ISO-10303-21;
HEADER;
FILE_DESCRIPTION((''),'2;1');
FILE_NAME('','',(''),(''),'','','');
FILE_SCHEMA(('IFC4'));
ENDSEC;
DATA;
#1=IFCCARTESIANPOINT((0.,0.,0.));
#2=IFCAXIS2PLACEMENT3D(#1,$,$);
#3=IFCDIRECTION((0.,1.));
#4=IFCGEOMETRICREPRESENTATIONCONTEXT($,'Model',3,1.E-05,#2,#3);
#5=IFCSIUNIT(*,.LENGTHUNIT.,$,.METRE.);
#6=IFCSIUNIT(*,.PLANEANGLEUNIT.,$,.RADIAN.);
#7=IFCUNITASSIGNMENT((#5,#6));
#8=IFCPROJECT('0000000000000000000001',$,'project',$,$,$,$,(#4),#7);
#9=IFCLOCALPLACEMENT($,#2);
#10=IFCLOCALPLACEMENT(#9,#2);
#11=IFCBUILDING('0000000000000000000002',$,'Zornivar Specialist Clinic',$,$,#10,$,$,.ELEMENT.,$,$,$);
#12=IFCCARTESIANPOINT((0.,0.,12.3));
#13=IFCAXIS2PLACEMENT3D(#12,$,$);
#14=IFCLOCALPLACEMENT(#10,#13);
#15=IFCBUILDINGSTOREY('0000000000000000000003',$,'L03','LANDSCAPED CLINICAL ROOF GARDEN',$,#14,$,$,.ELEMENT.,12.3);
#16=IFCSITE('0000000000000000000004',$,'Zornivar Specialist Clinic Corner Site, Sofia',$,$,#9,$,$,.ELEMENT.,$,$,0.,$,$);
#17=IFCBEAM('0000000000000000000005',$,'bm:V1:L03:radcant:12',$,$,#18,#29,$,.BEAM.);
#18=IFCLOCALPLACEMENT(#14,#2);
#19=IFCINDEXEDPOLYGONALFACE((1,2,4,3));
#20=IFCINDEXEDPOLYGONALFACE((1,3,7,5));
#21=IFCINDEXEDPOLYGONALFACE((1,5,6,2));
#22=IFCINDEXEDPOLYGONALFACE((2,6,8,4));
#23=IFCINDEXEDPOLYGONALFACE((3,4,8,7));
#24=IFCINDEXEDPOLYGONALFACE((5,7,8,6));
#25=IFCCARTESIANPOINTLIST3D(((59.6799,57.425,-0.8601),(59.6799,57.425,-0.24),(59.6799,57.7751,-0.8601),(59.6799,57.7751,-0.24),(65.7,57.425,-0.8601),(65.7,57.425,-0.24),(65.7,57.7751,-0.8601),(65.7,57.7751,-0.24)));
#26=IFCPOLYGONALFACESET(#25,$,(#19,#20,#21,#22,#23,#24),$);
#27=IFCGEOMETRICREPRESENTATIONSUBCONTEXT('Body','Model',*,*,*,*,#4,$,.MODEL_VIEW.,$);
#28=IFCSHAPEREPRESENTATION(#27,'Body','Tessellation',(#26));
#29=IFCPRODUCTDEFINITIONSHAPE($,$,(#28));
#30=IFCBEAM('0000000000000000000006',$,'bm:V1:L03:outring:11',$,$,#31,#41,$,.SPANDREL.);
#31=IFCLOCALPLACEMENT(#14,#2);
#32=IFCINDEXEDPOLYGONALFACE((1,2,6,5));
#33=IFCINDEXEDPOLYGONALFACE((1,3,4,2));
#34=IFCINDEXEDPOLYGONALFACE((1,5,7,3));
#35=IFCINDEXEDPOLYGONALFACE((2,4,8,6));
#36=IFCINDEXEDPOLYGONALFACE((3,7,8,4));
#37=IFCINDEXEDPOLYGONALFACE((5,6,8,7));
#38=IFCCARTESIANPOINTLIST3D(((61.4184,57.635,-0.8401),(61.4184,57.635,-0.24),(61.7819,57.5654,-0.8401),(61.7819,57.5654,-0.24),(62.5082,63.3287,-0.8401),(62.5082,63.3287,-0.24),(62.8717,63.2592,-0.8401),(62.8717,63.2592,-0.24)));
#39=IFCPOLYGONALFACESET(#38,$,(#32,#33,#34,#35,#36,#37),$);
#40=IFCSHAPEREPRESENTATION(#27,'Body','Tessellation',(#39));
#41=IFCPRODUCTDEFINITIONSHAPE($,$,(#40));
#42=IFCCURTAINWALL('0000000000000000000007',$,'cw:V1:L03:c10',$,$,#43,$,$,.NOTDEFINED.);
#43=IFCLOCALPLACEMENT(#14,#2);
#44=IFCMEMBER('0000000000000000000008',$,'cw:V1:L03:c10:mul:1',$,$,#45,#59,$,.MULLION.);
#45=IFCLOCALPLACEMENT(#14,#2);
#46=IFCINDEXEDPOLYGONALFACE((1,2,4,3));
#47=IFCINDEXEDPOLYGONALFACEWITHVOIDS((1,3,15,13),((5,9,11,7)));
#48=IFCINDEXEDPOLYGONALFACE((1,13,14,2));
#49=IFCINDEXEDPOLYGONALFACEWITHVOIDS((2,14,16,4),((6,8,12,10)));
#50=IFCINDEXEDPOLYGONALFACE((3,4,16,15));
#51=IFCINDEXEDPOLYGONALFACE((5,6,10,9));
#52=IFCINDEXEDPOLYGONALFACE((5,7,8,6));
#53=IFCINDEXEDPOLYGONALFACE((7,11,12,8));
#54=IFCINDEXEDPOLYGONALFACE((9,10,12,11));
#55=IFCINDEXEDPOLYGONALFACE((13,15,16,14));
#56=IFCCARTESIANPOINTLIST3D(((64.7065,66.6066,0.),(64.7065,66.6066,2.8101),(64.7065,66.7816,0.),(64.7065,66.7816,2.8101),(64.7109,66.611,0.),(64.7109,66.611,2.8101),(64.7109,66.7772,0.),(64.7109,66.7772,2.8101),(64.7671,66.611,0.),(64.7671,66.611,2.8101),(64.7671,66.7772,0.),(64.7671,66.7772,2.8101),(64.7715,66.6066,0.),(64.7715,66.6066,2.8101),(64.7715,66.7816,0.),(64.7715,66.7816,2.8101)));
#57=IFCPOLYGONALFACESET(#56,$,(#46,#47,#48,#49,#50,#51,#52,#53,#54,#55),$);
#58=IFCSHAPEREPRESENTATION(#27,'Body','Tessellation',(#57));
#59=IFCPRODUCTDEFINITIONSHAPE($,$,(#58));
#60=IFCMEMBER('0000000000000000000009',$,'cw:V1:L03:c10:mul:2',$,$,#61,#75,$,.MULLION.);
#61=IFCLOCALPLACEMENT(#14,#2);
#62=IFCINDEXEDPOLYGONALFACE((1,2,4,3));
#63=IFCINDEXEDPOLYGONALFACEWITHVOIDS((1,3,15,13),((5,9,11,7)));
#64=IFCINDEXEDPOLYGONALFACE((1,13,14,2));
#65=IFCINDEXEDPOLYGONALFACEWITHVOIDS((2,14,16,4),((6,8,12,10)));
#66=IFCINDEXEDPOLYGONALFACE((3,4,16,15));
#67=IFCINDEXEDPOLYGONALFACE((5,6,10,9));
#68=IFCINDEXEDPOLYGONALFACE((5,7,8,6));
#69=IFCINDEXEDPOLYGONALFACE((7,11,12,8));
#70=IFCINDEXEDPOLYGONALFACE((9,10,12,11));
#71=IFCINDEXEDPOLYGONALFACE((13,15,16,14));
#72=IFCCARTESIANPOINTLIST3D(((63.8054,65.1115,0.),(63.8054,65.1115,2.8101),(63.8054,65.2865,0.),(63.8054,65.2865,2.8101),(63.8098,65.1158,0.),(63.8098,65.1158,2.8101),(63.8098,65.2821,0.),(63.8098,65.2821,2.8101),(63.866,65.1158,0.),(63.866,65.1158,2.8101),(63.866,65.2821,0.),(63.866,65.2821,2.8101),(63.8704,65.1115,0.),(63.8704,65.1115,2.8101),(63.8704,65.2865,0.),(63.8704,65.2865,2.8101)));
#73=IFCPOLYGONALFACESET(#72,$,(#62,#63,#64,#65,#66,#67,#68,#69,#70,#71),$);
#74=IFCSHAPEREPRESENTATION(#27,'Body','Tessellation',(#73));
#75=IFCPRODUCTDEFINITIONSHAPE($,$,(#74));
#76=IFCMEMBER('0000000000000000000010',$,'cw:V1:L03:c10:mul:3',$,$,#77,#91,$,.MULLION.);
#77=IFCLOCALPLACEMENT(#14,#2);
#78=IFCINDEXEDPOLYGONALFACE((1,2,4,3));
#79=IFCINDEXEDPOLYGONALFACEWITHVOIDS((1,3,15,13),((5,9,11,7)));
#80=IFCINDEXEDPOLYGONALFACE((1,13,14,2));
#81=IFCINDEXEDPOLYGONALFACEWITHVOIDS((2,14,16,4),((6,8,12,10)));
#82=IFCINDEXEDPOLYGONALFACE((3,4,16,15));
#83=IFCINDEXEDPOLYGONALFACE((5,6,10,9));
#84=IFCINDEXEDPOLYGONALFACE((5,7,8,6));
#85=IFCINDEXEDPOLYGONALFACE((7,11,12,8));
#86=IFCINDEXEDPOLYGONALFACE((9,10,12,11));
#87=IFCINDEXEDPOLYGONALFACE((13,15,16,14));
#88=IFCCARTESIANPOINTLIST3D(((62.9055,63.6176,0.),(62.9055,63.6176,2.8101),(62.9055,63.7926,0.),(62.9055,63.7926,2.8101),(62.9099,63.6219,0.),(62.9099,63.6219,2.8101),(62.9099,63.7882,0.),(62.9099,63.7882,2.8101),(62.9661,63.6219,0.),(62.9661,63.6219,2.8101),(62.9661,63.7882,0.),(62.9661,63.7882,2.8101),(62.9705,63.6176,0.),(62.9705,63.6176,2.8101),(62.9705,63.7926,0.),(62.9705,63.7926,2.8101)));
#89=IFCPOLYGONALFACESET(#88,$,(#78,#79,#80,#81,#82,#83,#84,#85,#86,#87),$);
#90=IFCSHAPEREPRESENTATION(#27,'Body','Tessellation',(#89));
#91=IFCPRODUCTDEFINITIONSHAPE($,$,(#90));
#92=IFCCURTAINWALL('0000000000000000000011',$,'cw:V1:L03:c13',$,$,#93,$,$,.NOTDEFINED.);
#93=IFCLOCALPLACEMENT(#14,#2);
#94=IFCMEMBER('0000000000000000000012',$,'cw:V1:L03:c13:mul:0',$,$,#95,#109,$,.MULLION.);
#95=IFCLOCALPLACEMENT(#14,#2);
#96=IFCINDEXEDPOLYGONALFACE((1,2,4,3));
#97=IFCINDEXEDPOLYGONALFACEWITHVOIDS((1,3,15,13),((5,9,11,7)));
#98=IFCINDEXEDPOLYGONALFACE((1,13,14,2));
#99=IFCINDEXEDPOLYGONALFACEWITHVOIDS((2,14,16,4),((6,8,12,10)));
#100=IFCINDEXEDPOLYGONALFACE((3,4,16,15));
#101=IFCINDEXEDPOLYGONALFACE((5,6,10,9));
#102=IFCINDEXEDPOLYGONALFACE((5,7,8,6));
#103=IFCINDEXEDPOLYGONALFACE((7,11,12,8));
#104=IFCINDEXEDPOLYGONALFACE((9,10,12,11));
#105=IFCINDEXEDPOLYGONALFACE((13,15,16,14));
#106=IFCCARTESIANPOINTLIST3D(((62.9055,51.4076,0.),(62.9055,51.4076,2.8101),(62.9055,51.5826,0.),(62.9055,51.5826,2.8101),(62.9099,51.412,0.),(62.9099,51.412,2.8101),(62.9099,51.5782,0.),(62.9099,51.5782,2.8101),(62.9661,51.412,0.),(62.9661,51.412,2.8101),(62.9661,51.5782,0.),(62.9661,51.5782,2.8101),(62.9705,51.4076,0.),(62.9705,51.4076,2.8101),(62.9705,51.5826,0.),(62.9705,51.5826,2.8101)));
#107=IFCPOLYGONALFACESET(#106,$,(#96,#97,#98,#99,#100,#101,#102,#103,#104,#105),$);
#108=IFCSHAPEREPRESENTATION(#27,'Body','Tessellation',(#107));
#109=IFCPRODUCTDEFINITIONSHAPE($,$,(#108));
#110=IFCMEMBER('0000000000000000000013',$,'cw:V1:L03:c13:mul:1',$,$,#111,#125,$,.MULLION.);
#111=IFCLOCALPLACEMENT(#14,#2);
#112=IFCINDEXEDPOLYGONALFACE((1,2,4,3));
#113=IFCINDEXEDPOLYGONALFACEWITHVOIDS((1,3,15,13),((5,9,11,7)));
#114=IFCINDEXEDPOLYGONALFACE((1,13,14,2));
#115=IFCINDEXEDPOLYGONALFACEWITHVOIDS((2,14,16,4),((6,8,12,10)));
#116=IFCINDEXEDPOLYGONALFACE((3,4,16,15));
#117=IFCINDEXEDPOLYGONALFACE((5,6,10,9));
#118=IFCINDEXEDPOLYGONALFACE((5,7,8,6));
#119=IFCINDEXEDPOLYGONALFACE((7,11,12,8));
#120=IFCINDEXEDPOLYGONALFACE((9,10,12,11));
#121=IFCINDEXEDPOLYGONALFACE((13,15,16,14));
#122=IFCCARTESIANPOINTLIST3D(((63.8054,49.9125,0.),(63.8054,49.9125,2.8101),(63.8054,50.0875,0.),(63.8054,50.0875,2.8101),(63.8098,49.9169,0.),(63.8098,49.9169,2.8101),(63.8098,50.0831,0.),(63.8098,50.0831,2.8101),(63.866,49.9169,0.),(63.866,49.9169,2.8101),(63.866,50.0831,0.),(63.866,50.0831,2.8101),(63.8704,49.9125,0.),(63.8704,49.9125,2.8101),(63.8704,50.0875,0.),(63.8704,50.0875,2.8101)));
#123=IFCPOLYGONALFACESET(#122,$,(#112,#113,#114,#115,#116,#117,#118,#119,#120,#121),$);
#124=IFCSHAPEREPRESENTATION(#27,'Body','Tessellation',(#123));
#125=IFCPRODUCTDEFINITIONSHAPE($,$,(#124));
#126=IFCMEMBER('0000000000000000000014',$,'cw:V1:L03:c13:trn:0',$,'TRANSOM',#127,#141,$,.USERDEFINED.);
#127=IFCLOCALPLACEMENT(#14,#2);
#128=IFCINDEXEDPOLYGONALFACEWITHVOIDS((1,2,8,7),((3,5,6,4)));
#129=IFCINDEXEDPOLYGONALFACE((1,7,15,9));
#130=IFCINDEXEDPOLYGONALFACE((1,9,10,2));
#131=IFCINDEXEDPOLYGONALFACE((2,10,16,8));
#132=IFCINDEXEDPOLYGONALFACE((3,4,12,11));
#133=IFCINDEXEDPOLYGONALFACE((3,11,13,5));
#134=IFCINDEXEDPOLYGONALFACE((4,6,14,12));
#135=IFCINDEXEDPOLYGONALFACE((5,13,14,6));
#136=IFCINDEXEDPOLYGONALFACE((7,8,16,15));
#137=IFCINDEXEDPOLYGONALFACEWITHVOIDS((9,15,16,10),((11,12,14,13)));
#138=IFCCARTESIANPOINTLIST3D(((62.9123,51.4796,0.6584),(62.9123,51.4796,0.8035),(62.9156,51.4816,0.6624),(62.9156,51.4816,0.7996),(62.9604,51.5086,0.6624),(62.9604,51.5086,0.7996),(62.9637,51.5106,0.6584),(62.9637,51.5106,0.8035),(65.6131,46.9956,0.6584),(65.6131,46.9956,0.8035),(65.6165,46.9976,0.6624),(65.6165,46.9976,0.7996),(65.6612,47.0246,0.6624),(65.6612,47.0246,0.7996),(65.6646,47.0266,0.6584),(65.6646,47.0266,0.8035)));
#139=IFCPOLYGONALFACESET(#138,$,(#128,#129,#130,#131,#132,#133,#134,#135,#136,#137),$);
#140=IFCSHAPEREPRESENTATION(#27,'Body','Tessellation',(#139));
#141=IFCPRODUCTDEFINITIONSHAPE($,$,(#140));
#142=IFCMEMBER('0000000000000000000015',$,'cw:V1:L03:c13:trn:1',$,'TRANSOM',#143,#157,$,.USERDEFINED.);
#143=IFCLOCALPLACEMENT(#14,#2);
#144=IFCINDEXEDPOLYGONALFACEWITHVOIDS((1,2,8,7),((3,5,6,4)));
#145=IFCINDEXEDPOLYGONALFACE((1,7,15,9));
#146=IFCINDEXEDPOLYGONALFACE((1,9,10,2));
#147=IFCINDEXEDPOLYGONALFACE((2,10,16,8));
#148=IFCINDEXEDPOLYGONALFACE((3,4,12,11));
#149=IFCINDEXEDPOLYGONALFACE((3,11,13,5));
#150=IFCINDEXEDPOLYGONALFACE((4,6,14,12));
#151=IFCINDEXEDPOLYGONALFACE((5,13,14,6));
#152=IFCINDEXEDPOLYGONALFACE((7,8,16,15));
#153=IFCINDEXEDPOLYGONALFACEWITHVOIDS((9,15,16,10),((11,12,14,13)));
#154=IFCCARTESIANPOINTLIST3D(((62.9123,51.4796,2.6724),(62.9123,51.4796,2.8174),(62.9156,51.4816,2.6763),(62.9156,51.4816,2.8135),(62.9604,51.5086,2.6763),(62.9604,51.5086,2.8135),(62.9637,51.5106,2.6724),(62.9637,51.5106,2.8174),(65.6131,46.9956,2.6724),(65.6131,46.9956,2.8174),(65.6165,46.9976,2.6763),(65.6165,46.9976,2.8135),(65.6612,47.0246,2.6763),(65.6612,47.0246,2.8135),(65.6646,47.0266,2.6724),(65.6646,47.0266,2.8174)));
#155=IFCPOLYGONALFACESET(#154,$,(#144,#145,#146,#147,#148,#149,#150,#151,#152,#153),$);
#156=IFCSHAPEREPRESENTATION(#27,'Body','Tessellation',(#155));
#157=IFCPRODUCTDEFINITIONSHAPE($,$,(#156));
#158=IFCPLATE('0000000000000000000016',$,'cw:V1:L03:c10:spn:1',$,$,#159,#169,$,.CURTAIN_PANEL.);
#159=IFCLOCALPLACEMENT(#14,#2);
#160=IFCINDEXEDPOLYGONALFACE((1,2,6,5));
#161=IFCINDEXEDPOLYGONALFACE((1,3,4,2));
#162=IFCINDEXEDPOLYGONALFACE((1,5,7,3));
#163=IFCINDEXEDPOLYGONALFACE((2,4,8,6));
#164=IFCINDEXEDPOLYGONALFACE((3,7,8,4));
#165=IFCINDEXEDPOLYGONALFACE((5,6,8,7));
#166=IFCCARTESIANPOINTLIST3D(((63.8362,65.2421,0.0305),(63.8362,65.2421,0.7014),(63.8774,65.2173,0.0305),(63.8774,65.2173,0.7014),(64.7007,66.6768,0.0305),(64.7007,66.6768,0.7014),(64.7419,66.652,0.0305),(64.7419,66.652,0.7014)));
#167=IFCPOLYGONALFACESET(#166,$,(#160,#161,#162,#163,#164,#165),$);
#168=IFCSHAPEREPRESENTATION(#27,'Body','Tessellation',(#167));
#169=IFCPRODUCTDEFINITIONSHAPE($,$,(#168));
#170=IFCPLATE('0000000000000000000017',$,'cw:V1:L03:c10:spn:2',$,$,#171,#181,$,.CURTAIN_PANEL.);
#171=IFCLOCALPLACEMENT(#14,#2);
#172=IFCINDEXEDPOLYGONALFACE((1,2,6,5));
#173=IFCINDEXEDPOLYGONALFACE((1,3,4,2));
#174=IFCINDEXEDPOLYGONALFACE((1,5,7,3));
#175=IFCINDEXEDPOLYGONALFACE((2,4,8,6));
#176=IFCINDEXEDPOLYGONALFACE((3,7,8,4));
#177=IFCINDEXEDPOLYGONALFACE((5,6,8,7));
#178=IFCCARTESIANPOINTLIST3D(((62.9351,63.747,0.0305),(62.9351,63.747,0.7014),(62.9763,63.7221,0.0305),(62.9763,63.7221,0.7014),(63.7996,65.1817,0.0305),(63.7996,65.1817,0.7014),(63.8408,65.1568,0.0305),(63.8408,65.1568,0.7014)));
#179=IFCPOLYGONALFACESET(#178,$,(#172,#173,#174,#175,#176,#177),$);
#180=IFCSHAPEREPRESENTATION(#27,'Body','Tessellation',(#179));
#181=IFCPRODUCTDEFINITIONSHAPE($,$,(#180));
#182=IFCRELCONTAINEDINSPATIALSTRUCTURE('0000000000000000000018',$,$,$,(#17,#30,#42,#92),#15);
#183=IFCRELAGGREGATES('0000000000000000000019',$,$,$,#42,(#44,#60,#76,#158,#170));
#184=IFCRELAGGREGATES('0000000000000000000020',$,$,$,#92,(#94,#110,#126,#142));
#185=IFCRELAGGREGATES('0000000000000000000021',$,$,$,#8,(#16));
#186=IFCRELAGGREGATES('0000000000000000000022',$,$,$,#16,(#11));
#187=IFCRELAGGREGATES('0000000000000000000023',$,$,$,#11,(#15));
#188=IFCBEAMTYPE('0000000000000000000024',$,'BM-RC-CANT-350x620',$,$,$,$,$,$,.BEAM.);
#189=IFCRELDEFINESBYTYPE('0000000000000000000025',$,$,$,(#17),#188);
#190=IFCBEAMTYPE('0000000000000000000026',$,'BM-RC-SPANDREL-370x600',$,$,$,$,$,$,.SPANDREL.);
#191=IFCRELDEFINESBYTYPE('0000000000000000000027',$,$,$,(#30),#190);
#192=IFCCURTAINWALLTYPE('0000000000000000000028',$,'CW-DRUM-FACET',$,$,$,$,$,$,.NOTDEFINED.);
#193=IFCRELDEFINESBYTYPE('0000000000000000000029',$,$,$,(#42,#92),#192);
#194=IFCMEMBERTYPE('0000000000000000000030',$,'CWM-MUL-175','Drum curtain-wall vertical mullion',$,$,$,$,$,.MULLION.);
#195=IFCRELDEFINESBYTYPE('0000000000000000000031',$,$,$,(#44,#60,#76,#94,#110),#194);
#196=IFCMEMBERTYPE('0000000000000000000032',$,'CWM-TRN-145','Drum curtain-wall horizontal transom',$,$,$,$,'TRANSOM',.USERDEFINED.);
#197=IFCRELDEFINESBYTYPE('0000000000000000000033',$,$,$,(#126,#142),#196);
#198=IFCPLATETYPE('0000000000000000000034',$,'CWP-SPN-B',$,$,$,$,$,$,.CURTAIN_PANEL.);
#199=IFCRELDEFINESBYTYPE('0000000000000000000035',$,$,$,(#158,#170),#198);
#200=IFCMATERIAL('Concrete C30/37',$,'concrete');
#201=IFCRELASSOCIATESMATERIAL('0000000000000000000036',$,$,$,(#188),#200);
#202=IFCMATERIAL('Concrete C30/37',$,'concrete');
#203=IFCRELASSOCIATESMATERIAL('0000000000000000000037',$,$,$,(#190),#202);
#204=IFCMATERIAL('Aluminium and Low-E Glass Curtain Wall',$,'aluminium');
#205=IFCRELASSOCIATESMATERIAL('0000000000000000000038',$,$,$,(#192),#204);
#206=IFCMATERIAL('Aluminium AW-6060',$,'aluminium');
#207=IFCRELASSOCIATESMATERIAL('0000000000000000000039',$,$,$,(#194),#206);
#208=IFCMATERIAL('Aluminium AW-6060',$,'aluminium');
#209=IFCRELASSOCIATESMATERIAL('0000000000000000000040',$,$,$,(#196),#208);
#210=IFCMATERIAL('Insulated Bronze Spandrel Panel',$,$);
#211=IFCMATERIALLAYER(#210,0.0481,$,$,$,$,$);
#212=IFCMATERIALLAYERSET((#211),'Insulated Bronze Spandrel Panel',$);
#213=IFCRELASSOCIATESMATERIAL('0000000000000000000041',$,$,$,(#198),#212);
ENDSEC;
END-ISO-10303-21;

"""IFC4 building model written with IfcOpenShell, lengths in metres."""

from ifc_helpers import new_model, si_unit, direction, frame, origin, origin_2d, place, context, subcontext, project, spatial, rectangle, hollow_rectangle, extrude, material, layer, layer_set, material_profile, profile_set, type_object, element, aggregate, save


model = new_model("IFC4")

# Units and contexts
model_context = context("Model", 3, precision=1e-05, world=origin(), true_north=direction((0.0, 1.0)))
body_context = subcontext(model_context, "Body", "Model", "MODEL_VIEW")
ifc_project = project(units=[si_unit("LENGTHUNIT", "METRE"), si_unit("PLANEANGLEUNIT", "RADIAN")], contexts=[model_context])

# Site, building, storey
site_placement = place(None, origin())
site = spatial("IfcSite", under=ifc_project, at=site_placement, Name="Zornivar Specialist Clinic Corner Site, Sofia", CompositionType="ELEMENT", RefElevation=0.0)
building_placement = place(site_placement, origin())
building = spatial("IfcBuilding", under=site, at=building_placement, Name="Zornivar Specialist Clinic", CompositionType="ELEMENT")
storey_placement = place(building_placement, frame((0.0, 0.0, 12.3)))
storey = spatial("IfcBuildingStorey", under=building, at=storey_placement, Name="L03", Description="LANDSCAPED CLINICAL ROOF GARDEN", CompositionType="ELEMENT", Elevation=12.3)

# Beams
ifc_material_1 = material(Name="Concrete C30/37", Category="concrete")
ifc_material_profile_1 = material_profile(ifc_material_1, rectangle(XDim=0.3501, YDim=0.6201, at=origin_2d()), Name="RC 350x620")
ifc_profile_set_1 = profile_set([ifc_material_profile_1], Name="Concrete C30/37")
beam_type_1 = type_object("IfcBeamType", Name="BM-RC-CANT-350x620", PredefinedType="BEAM", material=ifc_profile_set_1)
beam_1_placement = place(storey_placement, frame((65.7, 57.6001, -0.55), z_axis=(-1.0, 0.0, 0.0), x_axis=(0.0, -1.0, 0.0)))
element("IfcBeam", 1, at=beam_1_placement, inside=storey, type_object=beam_type_1, Name="bm:V1:L03:radcant:12", PredefinedType="BEAM", context=body_context, shape_type="SweptSolid", body=[
    extrude(rectangle(XDim=0.3501, YDim=0.6201, at=origin_2d()), origin(), (0.0, 0.0, 1.0), 6.02),
])
ifc_material_2 = material(Name="Concrete C30/37", Category="concrete")
ifc_material_profile_2 = material_profile(ifc_material_2, rectangle(XDim=0.3701, YDim=0.6001, at=origin_2d()), Name="RC 370x600")
ifc_profile_set_2 = profile_set([ifc_material_profile_2], Name="Concrete C30/37")
beam_type_2 = type_object("IfcBeamType", Name="BM-RC-SPANDREL-370x600", PredefinedType="SPANDREL", material=ifc_profile_set_2)
beam_2_placement = place(storey_placement, frame((62.6899, 63.2939, -0.54), z_axis=(-0.187994, -0.98217, 0.0), x_axis=(0.98217, -0.187994, 0.0)))
element("IfcBeam", 2, at=beam_2_placement, inside=storey, type_object=beam_type_2, Name="bm:V1:L03:outring:11", PredefinedType="SPANDREL", context=body_context, shape_type="SweptSolid", body=[
    extrude(rectangle(XDim=0.3701, YDim=0.6001, at=origin_2d()), origin(), (0.0, 0.0, 1.0), 5.7971),
])

# Curtain walls, members
ifc_material_3 = material(Name="Aluminium and Low-E Glass Curtain Wall", Category="aluminium")
curtain_wall_type = type_object("IfcCurtainWallType", Name="CW-DRUM-FACET", PredefinedType="NOTDEFINED", material=ifc_material_3)
curtain_wall_1_placement = place(storey_placement, origin())
curtain_wall_1 = element("IfcCurtainWall", 3, at=curtain_wall_1_placement, inside=storey, type_object=curtain_wall_type, Name="cw:V1:L03:c10", PredefinedType="NOTDEFINED")
ifc_material_4 = material(Name="Aluminium AW-6060", Category="aluminium")
ifc_material_profile_3 = material_profile(ifc_material_4, hollow_rectangle(XDim=0.0649, YDim=0.175, WallThickness=0.0044, at=origin_2d()), Name="ALU 65x175x4.5")
ifc_profile_set_3 = profile_set([ifc_material_profile_3], Name="Aluminium AW-6060")
member_type_1 = type_object("IfcMemberType", Name="CWM-MUL-175", Description="Drum curtain-wall vertical mullion", PredefinedType="MULLION", material=ifc_profile_set_3)
member_1_placement = place(storey_placement, frame((64.739, 66.6941, 0.0), z_axis=(0.0, 0.0, 1.0), x_axis=(1.0, 0.0, 0.0)))
member_1 = element("IfcMember", 4, at=member_1_placement, type_object=member_type_1, Name="cw:V1:L03:c10:mul:1", PredefinedType="MULLION", context=body_context, shape_type="SweptSolid", body=[
    extrude(hollow_rectangle(XDim=0.0649, YDim=0.175, WallThickness=0.0044, at=origin_2d()), origin(), (0.0, 0.0, 1.0), 2.8101),
])
member_2_placement = place(storey_placement, frame((63.8379, 65.199, 0.0), z_axis=(0.0, 0.0, 1.0), x_axis=(1.0, 0.0, 0.0)))
member_2 = element("IfcMember", 5, at=member_2_placement, type_object=member_type_1, Name="cw:V1:L03:c10:mul:2", PredefinedType="MULLION", context=body_context, shape_type="SweptSolid", body=[
    extrude(hollow_rectangle(XDim=0.0649, YDim=0.175, WallThickness=0.0044, at=origin_2d()), origin(), (0.0, 0.0, 1.0), 2.8101),
])
member_3_placement = place(storey_placement, frame((62.938, 63.7051, 0.0), z_axis=(0.0, 0.0, 1.0), x_axis=(1.0, 0.0, 0.0)))
member_3 = element("IfcMember", 6, at=member_3_placement, type_object=member_type_1, Name="cw:V1:L03:c10:mul:3", PredefinedType="MULLION", context=body_context, shape_type="SweptSolid", body=[
    extrude(hollow_rectangle(XDim=0.0649, YDim=0.175, WallThickness=0.0044, at=origin_2d()), origin(), (0.0, 0.0, 1.0), 2.8101),
])
curtain_wall_2_placement = place(storey_placement, origin())
curtain_wall_2 = element("IfcCurtainWall", 7, at=curtain_wall_2_placement, inside=storey, type_object=curtain_wall_type, Name="cw:V1:L03:c13", PredefinedType="NOTDEFINED")
member_4_placement = place(storey_placement, frame((62.938, 51.4951, 0.0), z_axis=(0.0, 0.0, 1.0), x_axis=(1.0, 0.0, 0.0)))
member_4 = element("IfcMember", 8, at=member_4_placement, type_object=member_type_1, Name="cw:V1:L03:c13:mul:0", PredefinedType="MULLION", context=body_context, shape_type="SweptSolid", body=[
    extrude(hollow_rectangle(XDim=0.0649, YDim=0.175, WallThickness=0.0044, at=origin_2d()), origin(), (0.0, 0.0, 1.0), 2.8101),
])
member_5_placement = place(storey_placement, frame((63.8379, 50.0, 0.0), z_axis=(0.0, 0.0, 1.0), x_axis=(1.0, 0.0, 0.0)))
member_5 = element("IfcMember", 9, at=member_5_placement, type_object=member_type_1, Name="cw:V1:L03:c13:mul:1", PredefinedType="MULLION", context=body_context, shape_type="SweptSolid", body=[
    extrude(hollow_rectangle(XDim=0.0649, YDim=0.175, WallThickness=0.0044, at=origin_2d()), origin(), (0.0, 0.0, 1.0), 2.8101),
])
ifc_material_5 = material(Name="Aluminium AW-6060", Category="aluminium")
ifc_material_profile_4 = material_profile(ifc_material_5, hollow_rectangle(XDim=0.0601, YDim=0.145, WallThickness=0.0039, at=origin_2d()), Name="ALU 60x145x4")
ifc_profile_set_4 = profile_set([ifc_material_profile_4], Name="Aluminium AW-6060")
member_type_2 = type_object("IfcMemberType", Name="CWM-TRN-145", Description="Drum curtain-wall horizontal transom", ElementType="TRANSOM", PredefinedType="USERDEFINED", material=ifc_profile_set_4)
member_6_placement = place(storey_placement, frame((62.938, 51.4951, 0.731), z_axis=(0.515963, -0.856611, 0.0), x_axis=(0.856611, 0.515963, 0.0)))
member_6 = element("IfcMember", 10, at=member_6_placement, type_object=member_type_2, Name="cw:V1:L03:c13:trn:0", ObjectType="TRANSOM", PredefinedType="USERDEFINED", context=body_context, shape_type="SweptSolid", body=[
    extrude(hollow_rectangle(XDim=0.0601, YDim=0.145, WallThickness=0.0039, at=origin_2d()), origin(), (0.0, 0.0, 1.0), 5.2346),
])
member_7_placement = place(storey_placement, frame((62.938, 51.4951, 2.7449), z_axis=(0.515963, -0.856611, 0.0), x_axis=(0.856611, 0.515963, 0.0)))
member_7 = element("IfcMember", 11, at=member_7_placement, type_object=member_type_2, Name="cw:V1:L03:c13:trn:1", ObjectType="TRANSOM", PredefinedType="USERDEFINED", context=body_context, shape_type="SweptSolid", body=[
    extrude(hollow_rectangle(XDim=0.0601, YDim=0.145, WallThickness=0.0039, at=origin_2d()), origin(), (0.0, 0.0, 1.0), 5.2346),
])

# Plates
ifc_material_6 = material(Name="Insulated Bronze Spandrel Panel")
ifc_layer_1 = layer(ifc_material_6, 0.0481)
ifc_layer_set_1 = layer_set([ifc_layer_1], Name="Insulated Bronze Spandrel Panel")
plate_type_1 = type_object("IfcPlateType", Name="CWP-SPN-B", PredefinedType="CURTAIN_PANEL", material=ifc_layer_set_1)
plate_1_placement = place(storey_placement, frame((64.2891, 65.947, 0.0305), z_axis=(0.0, 0.0, 1.0), x_axis=(-0.516127, -0.856512, 0.0)))
plate_1 = element("IfcPlate", 12, at=plate_1_placement, type_object=plate_type_1, Name="cw:V1:L03:c10:spn:1", PredefinedType="CURTAIN_PANEL", context=body_context, shape_type="SweptSolid", body=[
    extrude(rectangle(XDim=1.675, YDim=0.0481, at=origin_2d()), origin(), (0.0, 0.0, 1.0), 0.6709),
])
plate_2_placement = place(storey_placement, frame((63.3879, 64.4519, 0.0305), z_axis=(0.0, 0.0, 1.0), x_axis=(-0.516127, -0.856512, 0.0)))
plate_2 = element("IfcPlate", 13, at=plate_2_placement, type_object=plate_type_1, Name="cw:V1:L03:c10:spn:2", PredefinedType="CURTAIN_PANEL", context=body_context, shape_type="SweptSolid", body=[
    extrude(rectangle(XDim=1.675, YDim=0.0481, at=origin_2d()), origin(), (0.0, 0.0, 1.0), 0.6709),
])
aggregate(curtain_wall_1, [member_1, member_2, member_3, plate_1, plate_2])
aggregate(curtain_wall_2, [member_4, member_5, member_6, member_7])

save(model, "model.ifc")
